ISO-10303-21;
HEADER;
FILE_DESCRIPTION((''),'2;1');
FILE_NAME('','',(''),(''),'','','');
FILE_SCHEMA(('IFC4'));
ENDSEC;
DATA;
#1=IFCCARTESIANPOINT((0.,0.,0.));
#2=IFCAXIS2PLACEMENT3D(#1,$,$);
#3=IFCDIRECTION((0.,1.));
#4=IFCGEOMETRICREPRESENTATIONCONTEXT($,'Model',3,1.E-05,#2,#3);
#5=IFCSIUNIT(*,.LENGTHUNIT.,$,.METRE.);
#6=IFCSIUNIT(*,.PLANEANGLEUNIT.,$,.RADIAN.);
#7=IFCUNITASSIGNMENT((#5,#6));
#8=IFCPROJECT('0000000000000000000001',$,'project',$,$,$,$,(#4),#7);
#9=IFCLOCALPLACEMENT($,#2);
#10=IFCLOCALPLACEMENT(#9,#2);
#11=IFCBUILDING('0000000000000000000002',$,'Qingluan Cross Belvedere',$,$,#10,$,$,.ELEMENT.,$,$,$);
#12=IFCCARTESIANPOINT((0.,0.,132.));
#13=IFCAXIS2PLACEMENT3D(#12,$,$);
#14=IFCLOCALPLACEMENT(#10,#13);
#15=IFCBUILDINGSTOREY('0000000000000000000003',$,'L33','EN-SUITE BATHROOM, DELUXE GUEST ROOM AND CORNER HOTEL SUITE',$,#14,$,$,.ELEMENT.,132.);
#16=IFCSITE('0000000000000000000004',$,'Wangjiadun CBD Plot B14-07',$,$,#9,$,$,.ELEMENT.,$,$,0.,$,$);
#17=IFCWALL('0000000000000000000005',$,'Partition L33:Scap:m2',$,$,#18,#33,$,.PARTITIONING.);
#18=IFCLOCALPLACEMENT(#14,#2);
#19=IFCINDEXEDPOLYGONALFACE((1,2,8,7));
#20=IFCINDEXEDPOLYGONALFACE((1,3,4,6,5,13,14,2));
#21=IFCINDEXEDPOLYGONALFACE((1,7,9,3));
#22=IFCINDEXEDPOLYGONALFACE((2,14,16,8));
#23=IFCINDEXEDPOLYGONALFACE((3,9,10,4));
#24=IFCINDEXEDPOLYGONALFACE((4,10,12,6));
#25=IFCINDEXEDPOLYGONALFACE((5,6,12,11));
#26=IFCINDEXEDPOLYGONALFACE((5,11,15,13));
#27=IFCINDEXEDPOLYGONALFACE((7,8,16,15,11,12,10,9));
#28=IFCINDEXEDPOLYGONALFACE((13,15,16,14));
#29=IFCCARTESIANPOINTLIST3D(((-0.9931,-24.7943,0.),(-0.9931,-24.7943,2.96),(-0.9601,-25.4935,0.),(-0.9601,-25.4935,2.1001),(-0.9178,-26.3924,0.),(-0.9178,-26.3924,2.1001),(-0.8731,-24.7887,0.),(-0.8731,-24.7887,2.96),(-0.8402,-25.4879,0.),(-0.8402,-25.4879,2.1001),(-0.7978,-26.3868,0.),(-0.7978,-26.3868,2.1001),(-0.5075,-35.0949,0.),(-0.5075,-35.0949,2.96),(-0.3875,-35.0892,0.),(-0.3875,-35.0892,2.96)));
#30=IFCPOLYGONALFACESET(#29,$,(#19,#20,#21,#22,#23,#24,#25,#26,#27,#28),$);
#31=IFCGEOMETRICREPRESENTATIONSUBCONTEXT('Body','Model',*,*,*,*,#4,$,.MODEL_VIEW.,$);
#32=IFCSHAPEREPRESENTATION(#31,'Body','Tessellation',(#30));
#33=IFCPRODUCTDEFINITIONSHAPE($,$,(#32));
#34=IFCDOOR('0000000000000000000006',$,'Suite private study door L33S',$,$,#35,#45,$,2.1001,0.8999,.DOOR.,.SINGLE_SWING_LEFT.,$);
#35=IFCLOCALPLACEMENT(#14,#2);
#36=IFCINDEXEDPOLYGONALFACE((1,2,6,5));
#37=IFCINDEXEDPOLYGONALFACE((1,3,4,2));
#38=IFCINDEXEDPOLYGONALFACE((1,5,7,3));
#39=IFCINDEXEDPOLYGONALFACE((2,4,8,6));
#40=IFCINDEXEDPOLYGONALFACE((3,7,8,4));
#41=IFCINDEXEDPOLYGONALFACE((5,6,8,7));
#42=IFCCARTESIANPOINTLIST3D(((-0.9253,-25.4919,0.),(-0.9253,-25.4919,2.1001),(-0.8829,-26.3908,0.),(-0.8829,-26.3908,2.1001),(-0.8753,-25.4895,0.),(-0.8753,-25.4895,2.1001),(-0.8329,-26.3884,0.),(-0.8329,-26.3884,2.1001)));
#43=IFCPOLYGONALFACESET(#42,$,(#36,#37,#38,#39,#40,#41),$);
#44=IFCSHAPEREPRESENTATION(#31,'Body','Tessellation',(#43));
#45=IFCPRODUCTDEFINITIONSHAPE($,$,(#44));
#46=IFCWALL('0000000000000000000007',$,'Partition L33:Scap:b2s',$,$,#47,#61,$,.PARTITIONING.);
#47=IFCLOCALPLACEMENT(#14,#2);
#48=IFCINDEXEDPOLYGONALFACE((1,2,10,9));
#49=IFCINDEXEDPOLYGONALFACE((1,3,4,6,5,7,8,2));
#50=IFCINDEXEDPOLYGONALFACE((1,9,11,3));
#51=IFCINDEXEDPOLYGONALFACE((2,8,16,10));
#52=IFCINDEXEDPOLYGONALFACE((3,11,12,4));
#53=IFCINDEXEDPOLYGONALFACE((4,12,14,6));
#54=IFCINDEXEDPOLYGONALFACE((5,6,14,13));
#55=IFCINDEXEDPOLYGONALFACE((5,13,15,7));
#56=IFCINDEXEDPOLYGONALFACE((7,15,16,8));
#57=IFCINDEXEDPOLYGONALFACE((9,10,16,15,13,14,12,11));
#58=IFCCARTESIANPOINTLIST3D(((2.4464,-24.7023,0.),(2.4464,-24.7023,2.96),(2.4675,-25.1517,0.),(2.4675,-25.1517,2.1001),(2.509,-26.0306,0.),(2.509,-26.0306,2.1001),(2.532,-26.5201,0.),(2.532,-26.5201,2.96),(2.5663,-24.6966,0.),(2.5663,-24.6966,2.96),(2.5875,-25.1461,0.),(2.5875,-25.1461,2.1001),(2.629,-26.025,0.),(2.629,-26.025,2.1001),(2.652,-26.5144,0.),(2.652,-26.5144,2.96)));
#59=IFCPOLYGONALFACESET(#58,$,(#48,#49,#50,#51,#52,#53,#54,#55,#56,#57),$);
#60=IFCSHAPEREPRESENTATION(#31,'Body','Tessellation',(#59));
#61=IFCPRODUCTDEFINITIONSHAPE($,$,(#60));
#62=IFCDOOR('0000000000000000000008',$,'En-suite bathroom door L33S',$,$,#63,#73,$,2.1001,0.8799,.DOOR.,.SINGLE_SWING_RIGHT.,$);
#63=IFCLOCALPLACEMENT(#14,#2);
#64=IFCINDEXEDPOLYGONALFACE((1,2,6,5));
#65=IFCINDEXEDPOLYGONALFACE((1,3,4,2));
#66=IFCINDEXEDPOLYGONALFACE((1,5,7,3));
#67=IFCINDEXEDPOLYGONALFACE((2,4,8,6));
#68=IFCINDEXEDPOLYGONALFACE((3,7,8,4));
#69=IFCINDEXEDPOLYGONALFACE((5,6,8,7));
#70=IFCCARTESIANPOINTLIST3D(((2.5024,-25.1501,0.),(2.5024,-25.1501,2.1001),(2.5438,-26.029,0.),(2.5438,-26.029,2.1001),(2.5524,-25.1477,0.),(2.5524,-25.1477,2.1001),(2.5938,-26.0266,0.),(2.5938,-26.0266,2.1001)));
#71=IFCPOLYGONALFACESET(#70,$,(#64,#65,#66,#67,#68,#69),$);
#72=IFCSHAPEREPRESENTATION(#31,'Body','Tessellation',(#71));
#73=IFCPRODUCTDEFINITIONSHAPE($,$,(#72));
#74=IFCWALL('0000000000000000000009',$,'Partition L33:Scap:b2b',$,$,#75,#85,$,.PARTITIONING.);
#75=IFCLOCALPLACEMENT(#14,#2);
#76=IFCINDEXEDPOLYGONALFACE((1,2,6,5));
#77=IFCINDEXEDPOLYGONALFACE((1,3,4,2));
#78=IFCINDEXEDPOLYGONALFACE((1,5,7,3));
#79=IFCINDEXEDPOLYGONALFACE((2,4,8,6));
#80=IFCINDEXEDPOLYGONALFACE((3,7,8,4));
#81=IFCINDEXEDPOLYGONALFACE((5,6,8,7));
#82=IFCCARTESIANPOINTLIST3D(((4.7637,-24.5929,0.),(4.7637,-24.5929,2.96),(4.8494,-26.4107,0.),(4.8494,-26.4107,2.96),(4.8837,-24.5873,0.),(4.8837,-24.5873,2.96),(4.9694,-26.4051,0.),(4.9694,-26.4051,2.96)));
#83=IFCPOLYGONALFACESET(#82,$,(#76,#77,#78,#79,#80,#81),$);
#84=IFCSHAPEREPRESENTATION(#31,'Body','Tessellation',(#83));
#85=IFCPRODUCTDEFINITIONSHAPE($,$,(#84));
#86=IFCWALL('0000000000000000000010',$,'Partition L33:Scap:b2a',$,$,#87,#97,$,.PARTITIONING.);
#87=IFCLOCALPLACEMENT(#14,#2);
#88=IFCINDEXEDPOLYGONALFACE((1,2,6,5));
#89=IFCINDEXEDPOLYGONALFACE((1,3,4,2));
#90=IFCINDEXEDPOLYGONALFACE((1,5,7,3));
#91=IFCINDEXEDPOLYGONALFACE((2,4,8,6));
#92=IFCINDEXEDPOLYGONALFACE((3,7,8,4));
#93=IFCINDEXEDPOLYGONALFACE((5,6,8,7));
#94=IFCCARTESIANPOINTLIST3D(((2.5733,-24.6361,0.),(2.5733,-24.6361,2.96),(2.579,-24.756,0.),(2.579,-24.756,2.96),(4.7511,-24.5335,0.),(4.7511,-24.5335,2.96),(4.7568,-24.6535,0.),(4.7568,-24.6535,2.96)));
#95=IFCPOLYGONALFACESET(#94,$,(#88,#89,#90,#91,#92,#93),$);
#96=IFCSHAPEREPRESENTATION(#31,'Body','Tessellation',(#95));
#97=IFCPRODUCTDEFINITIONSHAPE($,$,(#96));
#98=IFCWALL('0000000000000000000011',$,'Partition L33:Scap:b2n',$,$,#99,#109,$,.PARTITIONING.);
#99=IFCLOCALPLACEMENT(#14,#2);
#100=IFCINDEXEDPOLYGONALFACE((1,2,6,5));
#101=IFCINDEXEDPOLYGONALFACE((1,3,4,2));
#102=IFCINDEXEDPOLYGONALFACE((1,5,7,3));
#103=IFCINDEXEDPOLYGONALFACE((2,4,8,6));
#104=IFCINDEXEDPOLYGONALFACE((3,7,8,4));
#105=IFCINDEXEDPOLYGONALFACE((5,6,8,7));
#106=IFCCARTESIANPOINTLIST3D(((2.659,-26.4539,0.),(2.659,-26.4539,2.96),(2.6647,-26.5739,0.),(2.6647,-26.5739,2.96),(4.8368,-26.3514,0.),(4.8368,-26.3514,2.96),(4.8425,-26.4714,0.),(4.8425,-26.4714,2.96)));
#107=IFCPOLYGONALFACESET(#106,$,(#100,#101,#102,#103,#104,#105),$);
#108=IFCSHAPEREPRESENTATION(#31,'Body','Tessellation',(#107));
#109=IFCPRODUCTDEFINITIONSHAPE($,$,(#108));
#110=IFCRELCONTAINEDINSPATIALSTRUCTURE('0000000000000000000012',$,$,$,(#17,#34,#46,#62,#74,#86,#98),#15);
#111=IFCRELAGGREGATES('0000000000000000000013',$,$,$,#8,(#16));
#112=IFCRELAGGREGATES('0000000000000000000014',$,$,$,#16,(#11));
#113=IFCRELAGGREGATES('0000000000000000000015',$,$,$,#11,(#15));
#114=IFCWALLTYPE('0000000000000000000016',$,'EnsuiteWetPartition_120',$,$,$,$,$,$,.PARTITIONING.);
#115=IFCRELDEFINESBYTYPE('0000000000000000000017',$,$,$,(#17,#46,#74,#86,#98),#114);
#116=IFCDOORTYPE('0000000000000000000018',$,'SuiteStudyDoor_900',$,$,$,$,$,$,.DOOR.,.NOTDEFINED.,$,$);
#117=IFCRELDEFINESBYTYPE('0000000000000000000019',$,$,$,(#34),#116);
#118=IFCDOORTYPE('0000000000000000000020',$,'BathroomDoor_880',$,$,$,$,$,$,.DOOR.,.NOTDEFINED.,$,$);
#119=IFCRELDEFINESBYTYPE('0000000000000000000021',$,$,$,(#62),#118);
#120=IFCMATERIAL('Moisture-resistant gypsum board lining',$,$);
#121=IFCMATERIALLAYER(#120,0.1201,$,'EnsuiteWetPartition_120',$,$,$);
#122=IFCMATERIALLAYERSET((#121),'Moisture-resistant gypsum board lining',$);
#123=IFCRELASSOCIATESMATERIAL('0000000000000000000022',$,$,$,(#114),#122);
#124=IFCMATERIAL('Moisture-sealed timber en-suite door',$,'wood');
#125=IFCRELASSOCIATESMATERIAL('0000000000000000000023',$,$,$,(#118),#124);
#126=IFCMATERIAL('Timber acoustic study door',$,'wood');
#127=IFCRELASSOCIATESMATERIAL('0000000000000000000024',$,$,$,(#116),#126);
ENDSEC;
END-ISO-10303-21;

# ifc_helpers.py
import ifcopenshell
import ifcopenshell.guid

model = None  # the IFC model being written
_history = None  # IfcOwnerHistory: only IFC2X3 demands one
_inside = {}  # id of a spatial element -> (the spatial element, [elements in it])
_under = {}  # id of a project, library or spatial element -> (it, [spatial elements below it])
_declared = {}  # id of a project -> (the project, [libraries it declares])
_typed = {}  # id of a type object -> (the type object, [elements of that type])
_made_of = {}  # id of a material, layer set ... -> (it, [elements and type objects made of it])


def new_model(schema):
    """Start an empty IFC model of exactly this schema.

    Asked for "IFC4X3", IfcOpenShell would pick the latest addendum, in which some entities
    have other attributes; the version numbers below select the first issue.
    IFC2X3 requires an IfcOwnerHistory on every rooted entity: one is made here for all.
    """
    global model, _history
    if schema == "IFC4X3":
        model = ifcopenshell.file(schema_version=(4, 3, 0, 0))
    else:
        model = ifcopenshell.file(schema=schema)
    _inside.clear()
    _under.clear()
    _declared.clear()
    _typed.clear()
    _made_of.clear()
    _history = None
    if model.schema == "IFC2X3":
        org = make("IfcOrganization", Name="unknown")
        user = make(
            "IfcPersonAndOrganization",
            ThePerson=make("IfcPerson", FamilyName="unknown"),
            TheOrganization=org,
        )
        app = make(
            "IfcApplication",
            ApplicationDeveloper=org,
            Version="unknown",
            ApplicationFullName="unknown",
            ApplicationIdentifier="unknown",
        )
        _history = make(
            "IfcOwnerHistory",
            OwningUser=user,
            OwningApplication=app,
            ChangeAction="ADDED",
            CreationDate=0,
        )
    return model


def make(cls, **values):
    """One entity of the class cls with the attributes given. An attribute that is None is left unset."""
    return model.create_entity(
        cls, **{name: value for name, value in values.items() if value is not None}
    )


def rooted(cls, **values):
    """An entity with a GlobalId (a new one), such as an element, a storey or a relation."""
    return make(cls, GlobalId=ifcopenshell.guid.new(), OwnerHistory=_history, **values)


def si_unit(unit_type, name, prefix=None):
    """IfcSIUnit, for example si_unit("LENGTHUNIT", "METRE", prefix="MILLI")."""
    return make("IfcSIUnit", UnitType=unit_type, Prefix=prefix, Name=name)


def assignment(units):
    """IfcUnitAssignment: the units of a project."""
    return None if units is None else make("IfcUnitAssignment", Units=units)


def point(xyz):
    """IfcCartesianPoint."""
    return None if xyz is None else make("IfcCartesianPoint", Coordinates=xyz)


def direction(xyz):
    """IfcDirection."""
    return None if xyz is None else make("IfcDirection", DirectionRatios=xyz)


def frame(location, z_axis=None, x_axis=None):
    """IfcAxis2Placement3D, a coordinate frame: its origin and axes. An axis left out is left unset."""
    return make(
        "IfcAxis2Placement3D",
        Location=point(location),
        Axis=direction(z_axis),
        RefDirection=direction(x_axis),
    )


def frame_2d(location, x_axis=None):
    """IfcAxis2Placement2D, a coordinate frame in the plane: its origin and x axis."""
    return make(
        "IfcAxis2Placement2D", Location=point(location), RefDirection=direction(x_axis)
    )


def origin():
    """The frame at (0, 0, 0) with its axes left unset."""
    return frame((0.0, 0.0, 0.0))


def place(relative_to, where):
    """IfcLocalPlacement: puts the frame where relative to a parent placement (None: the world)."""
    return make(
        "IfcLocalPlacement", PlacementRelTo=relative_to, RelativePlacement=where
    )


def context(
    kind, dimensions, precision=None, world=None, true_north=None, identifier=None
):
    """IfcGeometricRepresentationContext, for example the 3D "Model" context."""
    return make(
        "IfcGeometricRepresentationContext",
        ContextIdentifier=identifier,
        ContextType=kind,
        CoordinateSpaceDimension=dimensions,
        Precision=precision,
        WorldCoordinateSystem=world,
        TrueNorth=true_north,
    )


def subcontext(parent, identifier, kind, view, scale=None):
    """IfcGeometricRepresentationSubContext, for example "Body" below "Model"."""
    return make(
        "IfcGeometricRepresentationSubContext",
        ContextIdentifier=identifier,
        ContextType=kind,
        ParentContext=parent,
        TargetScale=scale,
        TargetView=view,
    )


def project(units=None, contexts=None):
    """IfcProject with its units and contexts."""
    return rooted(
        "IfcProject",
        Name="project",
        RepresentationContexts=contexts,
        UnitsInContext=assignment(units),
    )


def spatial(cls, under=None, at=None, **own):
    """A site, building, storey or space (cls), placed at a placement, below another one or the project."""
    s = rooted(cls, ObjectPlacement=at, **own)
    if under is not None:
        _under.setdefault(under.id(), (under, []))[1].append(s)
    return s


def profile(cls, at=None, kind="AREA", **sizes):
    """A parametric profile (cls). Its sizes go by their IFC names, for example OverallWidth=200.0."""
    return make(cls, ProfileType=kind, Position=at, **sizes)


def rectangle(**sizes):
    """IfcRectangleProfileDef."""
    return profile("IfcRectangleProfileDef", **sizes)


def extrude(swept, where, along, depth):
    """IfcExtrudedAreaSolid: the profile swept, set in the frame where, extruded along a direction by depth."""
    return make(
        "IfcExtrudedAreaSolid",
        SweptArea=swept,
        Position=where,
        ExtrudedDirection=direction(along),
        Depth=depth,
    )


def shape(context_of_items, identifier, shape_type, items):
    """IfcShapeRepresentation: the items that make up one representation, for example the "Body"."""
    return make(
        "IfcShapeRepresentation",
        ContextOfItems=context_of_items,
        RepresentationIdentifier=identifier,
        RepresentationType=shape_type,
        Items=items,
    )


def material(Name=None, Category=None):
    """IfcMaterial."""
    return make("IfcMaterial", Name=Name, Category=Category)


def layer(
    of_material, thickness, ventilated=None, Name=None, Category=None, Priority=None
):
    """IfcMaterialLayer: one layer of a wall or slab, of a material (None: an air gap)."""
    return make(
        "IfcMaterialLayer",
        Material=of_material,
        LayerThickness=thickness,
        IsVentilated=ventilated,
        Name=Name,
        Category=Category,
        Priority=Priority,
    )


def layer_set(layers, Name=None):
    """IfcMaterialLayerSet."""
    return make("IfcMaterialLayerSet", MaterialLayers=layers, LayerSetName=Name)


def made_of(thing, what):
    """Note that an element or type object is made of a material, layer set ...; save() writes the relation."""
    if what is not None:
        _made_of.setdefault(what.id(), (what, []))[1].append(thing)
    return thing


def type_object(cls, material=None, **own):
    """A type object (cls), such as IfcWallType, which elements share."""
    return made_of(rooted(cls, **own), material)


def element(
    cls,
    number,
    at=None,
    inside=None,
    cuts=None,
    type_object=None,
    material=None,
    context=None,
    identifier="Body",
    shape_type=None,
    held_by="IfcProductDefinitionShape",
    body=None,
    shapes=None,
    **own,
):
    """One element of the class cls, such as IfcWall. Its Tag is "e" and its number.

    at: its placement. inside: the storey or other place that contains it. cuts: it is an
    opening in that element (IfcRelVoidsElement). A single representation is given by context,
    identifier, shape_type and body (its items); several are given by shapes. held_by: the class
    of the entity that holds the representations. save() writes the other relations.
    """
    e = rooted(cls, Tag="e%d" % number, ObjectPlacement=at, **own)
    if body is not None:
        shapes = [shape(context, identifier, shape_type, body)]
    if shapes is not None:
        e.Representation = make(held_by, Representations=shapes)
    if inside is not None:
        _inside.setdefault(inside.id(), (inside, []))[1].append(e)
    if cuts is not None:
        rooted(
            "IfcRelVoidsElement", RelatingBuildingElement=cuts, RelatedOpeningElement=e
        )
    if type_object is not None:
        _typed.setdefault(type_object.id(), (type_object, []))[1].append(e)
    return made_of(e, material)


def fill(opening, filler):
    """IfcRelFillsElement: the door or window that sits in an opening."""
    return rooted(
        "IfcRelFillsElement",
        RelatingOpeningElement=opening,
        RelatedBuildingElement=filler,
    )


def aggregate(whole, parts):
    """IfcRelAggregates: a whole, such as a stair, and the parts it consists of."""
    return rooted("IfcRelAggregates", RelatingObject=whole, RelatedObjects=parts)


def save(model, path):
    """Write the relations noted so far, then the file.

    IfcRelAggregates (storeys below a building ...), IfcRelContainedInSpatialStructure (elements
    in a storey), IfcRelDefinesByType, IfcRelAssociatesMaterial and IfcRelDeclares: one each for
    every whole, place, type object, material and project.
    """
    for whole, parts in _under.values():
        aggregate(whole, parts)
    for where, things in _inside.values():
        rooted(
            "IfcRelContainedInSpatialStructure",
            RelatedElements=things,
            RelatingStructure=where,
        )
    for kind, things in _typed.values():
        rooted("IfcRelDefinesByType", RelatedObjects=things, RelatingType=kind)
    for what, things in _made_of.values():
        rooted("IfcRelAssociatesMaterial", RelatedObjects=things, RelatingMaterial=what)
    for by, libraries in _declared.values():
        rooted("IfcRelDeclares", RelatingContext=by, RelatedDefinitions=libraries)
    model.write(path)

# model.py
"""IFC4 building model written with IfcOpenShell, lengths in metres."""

from ifc_helpers import new_model, si_unit, direction, frame, frame_2d, origin, place, context, subcontext, project, spatial, rectangle, extrude, material, layer, layer_set, type_object, element, fill, save


model = new_model("IFC4")

# Units and contexts
model_context = context("Model", 3, precision=1e-05, world=origin(), true_north=direction((0.0, 1.0)))
body_context = subcontext(model_context, "Body", "Model", "MODEL_VIEW")
ifc_project = project(units=[si_unit("LENGTHUNIT", "METRE"), si_unit("PLANEANGLEUNIT", "RADIAN")], contexts=[model_context])

# Site, building, storey
site_placement = place(None, origin())
site = spatial("IfcSite", under=ifc_project, at=site_placement, Name="Wangjiadun CBD Plot B14-07", CompositionType="ELEMENT", RefElevation=0.0)
building_placement = place(site_placement, origin())
building = spatial("IfcBuilding", under=site, at=building_placement, Name="Qingluan Cross Belvedere", CompositionType="ELEMENT")
storey_placement = place(building_placement, frame((0.0, 0.0, 132.0)))
storey = spatial("IfcBuildingStorey", under=building, at=storey_placement, Name="L33", Description="EN-SUITE BATHROOM, DELUXE GUEST ROOM AND CORNER HOTEL SUITE", CompositionType="ELEMENT", Elevation=132.0)

# Shared definitions
ifc_material_1 = material(Name="Moisture-resistant gypsum board lining")
ifc_layer_1 = layer(ifc_material_1, 0.1201, Name="EnsuiteWetPartition_120")
ifc_layer_set_1 = layer_set([ifc_layer_1], Name="Moisture-resistant gypsum board lining")
wall_type_1 = type_object("IfcWallType", Name="EnsuiteWetPartition_120", PredefinedType="PARTITIONING", material=ifc_layer_set_1)
ifc_material_2 = material(Name="Moisture-sealed timber en-suite door", Category="wood")
door_type_1 = type_object("IfcDoorType", Name="BathroomDoor_880", OperationType="NOTDEFINED", PredefinedType="DOOR", material=ifc_material_2)

# Walls, openings, doors
wall_1_placement = place(storey_placement, frame((-0.9331, -24.7915, 0.0), z_axis=(0.0, 0.0, 1.0), x_axis=(0.04709, -0.998891, 0.0)))
wall_1 = element("IfcWall", 1, at=wall_1_placement, inside=storey, type_object=wall_type_1, Name="Partition L33:Scap:m2", PredefinedType="PARTITIONING", context=body_context, shape_type="SweptSolid", body=[
    extrude(rectangle(XDim=10.312, YDim=0.1201, at=frame_2d((5.156, 0.0))), origin(), (0.0, 0.0, 1.0), 2.96),
])
opening_1_placement = place(wall_1_placement, frame((0.7, 0.0, 0.0)))
opening_1 = element("IfcOpeningElement", 2, at=opening_1_placement, cuts=wall_1, PredefinedType="OPENING", context=body_context, shape_type="SweptSolid", body=[
    extrude(rectangle(XDim=0.8999, YDim=2.1001, at=frame_2d((0.45, 1.05))), frame((0.0, 0.0701, 0.0), z_axis=(0.0, -1.0, 0.0), x_axis=(1.0, 0.0, 0.0)), (0.0, 0.0, 1.0), 0.1401),
])
ifc_material_3 = material(Name="Timber acoustic study door", Category="wood")
door_type_2 = type_object("IfcDoorType", Name="SuiteStudyDoor_900", OperationType="NOTDEFINED", PredefinedType="DOOR", material=ifc_material_3)
door_1_placement = place(opening_1_placement, origin())
door_1 = element("IfcDoor", 3, at=door_1_placement, inside=storey, type_object=door_type_2, Name="Suite private study door L33S", OperationType="SINGLE_SWING_LEFT", OverallHeight=2.1001, OverallWidth=0.8999, PredefinedType="DOOR", context=body_context, shape_type="SweptSolid", body=[
    extrude(rectangle(XDim=0.8999, YDim=2.1001, at=frame_2d((0.45, 1.05))), frame((0.0, 0.0249, 0.0), z_axis=(0.0, -1.0, 0.0), x_axis=(1.0, 0.0, 0.0)), (0.0, 0.0, 1.0), 0.05),
])
fill(opening_1, door_1)
wall_2_placement = place(storey_placement, frame((2.5063, -24.6995, 0.0), z_axis=(0.0, 0.0, 1.0), x_axis=(0.047087, -0.998891, 0.0)))
wall_2 = element("IfcWall", 4, at=wall_2_placement, inside=storey, type_object=wall_type_1, Name="Partition L33:Scap:b2s", PredefinedType="PARTITIONING", context=body_context, shape_type="SweptSolid", body=[
    extrude(rectangle(XDim=1.8198, YDim=0.1201, at=frame_2d((0.9099, 0.0))), origin(), (0.0, 0.0, 1.0), 2.96),
])
opening_2_placement = place(wall_2_placement, frame((0.45, 0.0, 0.0)))
opening_2 = element("IfcOpeningElement", 5, at=opening_2_placement, cuts=wall_2, PredefinedType="OPENING", context=body_context, shape_type="SweptSolid", body=[
    extrude(rectangle(XDim=0.8799, YDim=2.1001, at=frame_2d((0.4399, 1.05))), frame((0.0, 0.0701, 0.0), z_axis=(0.0, -1.0, 0.0), x_axis=(1.0, 0.0, 0.0)), (0.0, 0.0, 1.0), 0.1401),
])
door_2_placement = place(opening_2_placement, origin())
door_2 = element("IfcDoor", 6, at=door_2_placement, inside=storey, type_object=door_type_1, Name="En-suite bathroom door L33S", OperationType="SINGLE_SWING_RIGHT", OverallHeight=2.1001, OverallWidth=0.8799, PredefinedType="DOOR", context=body_context, shape_type="SweptSolid", body=[
    extrude(rectangle(XDim=0.8799, YDim=2.1001, at=frame_2d((0.4399, 1.05))), frame((0.0, 0.0249, 0.0), z_axis=(0.0, -1.0, 0.0), x_axis=(1.0, 0.0, 0.0)), (0.0, 0.0, 1.0), 0.05),
])
fill(opening_2, door_2)

# Walls
wall_3_placement = place(storey_placement, frame((4.8237, -24.5901, 0.0), z_axis=(0.0, 0.0, 1.0), x_axis=(0.047087, -0.998891, 0.0)))
element("IfcWall", 7, at=wall_3_placement, inside=storey, type_object=wall_type_1, Name="Partition L33:Scap:b2b", PredefinedType="PARTITIONING", context=body_context, shape_type="SweptSolid", body=[
    extrude(rectangle(XDim=1.8198, YDim=0.1201, at=frame_2d((0.9099, 0.0))), origin(), (0.0, 0.0, 1.0), 2.96),
])
for number, where, z_axis, x_axis, name in (
    (8, (2.5762, -24.696, 0.0), (0.0, 0.0, 1.0), (0.998893, 0.047033, 0.0), "Partition L33:Scap:b2a"),
    (9, (2.6619, -26.5139, 0.0), (0.0, 0.0, 1.0), (0.998893, 0.047033, 0.0), "Partition L33:Scap:b2n"),
):
    element("IfcWall", number, at=place(storey_placement, frame(where, z_axis=z_axis, x_axis=x_axis)), inside=storey, type_object=wall_type_1, Name=name, PredefinedType="PARTITIONING", context=body_context, shape_type="SweptSolid", body=[
        extrude(rectangle(XDim=2.1802, YDim=0.1201, at=frame_2d((1.0901, 0.0))), origin(), (0.0, 0.0, 1.0), 2.96),
    ])

save(model, "model.ifc")
